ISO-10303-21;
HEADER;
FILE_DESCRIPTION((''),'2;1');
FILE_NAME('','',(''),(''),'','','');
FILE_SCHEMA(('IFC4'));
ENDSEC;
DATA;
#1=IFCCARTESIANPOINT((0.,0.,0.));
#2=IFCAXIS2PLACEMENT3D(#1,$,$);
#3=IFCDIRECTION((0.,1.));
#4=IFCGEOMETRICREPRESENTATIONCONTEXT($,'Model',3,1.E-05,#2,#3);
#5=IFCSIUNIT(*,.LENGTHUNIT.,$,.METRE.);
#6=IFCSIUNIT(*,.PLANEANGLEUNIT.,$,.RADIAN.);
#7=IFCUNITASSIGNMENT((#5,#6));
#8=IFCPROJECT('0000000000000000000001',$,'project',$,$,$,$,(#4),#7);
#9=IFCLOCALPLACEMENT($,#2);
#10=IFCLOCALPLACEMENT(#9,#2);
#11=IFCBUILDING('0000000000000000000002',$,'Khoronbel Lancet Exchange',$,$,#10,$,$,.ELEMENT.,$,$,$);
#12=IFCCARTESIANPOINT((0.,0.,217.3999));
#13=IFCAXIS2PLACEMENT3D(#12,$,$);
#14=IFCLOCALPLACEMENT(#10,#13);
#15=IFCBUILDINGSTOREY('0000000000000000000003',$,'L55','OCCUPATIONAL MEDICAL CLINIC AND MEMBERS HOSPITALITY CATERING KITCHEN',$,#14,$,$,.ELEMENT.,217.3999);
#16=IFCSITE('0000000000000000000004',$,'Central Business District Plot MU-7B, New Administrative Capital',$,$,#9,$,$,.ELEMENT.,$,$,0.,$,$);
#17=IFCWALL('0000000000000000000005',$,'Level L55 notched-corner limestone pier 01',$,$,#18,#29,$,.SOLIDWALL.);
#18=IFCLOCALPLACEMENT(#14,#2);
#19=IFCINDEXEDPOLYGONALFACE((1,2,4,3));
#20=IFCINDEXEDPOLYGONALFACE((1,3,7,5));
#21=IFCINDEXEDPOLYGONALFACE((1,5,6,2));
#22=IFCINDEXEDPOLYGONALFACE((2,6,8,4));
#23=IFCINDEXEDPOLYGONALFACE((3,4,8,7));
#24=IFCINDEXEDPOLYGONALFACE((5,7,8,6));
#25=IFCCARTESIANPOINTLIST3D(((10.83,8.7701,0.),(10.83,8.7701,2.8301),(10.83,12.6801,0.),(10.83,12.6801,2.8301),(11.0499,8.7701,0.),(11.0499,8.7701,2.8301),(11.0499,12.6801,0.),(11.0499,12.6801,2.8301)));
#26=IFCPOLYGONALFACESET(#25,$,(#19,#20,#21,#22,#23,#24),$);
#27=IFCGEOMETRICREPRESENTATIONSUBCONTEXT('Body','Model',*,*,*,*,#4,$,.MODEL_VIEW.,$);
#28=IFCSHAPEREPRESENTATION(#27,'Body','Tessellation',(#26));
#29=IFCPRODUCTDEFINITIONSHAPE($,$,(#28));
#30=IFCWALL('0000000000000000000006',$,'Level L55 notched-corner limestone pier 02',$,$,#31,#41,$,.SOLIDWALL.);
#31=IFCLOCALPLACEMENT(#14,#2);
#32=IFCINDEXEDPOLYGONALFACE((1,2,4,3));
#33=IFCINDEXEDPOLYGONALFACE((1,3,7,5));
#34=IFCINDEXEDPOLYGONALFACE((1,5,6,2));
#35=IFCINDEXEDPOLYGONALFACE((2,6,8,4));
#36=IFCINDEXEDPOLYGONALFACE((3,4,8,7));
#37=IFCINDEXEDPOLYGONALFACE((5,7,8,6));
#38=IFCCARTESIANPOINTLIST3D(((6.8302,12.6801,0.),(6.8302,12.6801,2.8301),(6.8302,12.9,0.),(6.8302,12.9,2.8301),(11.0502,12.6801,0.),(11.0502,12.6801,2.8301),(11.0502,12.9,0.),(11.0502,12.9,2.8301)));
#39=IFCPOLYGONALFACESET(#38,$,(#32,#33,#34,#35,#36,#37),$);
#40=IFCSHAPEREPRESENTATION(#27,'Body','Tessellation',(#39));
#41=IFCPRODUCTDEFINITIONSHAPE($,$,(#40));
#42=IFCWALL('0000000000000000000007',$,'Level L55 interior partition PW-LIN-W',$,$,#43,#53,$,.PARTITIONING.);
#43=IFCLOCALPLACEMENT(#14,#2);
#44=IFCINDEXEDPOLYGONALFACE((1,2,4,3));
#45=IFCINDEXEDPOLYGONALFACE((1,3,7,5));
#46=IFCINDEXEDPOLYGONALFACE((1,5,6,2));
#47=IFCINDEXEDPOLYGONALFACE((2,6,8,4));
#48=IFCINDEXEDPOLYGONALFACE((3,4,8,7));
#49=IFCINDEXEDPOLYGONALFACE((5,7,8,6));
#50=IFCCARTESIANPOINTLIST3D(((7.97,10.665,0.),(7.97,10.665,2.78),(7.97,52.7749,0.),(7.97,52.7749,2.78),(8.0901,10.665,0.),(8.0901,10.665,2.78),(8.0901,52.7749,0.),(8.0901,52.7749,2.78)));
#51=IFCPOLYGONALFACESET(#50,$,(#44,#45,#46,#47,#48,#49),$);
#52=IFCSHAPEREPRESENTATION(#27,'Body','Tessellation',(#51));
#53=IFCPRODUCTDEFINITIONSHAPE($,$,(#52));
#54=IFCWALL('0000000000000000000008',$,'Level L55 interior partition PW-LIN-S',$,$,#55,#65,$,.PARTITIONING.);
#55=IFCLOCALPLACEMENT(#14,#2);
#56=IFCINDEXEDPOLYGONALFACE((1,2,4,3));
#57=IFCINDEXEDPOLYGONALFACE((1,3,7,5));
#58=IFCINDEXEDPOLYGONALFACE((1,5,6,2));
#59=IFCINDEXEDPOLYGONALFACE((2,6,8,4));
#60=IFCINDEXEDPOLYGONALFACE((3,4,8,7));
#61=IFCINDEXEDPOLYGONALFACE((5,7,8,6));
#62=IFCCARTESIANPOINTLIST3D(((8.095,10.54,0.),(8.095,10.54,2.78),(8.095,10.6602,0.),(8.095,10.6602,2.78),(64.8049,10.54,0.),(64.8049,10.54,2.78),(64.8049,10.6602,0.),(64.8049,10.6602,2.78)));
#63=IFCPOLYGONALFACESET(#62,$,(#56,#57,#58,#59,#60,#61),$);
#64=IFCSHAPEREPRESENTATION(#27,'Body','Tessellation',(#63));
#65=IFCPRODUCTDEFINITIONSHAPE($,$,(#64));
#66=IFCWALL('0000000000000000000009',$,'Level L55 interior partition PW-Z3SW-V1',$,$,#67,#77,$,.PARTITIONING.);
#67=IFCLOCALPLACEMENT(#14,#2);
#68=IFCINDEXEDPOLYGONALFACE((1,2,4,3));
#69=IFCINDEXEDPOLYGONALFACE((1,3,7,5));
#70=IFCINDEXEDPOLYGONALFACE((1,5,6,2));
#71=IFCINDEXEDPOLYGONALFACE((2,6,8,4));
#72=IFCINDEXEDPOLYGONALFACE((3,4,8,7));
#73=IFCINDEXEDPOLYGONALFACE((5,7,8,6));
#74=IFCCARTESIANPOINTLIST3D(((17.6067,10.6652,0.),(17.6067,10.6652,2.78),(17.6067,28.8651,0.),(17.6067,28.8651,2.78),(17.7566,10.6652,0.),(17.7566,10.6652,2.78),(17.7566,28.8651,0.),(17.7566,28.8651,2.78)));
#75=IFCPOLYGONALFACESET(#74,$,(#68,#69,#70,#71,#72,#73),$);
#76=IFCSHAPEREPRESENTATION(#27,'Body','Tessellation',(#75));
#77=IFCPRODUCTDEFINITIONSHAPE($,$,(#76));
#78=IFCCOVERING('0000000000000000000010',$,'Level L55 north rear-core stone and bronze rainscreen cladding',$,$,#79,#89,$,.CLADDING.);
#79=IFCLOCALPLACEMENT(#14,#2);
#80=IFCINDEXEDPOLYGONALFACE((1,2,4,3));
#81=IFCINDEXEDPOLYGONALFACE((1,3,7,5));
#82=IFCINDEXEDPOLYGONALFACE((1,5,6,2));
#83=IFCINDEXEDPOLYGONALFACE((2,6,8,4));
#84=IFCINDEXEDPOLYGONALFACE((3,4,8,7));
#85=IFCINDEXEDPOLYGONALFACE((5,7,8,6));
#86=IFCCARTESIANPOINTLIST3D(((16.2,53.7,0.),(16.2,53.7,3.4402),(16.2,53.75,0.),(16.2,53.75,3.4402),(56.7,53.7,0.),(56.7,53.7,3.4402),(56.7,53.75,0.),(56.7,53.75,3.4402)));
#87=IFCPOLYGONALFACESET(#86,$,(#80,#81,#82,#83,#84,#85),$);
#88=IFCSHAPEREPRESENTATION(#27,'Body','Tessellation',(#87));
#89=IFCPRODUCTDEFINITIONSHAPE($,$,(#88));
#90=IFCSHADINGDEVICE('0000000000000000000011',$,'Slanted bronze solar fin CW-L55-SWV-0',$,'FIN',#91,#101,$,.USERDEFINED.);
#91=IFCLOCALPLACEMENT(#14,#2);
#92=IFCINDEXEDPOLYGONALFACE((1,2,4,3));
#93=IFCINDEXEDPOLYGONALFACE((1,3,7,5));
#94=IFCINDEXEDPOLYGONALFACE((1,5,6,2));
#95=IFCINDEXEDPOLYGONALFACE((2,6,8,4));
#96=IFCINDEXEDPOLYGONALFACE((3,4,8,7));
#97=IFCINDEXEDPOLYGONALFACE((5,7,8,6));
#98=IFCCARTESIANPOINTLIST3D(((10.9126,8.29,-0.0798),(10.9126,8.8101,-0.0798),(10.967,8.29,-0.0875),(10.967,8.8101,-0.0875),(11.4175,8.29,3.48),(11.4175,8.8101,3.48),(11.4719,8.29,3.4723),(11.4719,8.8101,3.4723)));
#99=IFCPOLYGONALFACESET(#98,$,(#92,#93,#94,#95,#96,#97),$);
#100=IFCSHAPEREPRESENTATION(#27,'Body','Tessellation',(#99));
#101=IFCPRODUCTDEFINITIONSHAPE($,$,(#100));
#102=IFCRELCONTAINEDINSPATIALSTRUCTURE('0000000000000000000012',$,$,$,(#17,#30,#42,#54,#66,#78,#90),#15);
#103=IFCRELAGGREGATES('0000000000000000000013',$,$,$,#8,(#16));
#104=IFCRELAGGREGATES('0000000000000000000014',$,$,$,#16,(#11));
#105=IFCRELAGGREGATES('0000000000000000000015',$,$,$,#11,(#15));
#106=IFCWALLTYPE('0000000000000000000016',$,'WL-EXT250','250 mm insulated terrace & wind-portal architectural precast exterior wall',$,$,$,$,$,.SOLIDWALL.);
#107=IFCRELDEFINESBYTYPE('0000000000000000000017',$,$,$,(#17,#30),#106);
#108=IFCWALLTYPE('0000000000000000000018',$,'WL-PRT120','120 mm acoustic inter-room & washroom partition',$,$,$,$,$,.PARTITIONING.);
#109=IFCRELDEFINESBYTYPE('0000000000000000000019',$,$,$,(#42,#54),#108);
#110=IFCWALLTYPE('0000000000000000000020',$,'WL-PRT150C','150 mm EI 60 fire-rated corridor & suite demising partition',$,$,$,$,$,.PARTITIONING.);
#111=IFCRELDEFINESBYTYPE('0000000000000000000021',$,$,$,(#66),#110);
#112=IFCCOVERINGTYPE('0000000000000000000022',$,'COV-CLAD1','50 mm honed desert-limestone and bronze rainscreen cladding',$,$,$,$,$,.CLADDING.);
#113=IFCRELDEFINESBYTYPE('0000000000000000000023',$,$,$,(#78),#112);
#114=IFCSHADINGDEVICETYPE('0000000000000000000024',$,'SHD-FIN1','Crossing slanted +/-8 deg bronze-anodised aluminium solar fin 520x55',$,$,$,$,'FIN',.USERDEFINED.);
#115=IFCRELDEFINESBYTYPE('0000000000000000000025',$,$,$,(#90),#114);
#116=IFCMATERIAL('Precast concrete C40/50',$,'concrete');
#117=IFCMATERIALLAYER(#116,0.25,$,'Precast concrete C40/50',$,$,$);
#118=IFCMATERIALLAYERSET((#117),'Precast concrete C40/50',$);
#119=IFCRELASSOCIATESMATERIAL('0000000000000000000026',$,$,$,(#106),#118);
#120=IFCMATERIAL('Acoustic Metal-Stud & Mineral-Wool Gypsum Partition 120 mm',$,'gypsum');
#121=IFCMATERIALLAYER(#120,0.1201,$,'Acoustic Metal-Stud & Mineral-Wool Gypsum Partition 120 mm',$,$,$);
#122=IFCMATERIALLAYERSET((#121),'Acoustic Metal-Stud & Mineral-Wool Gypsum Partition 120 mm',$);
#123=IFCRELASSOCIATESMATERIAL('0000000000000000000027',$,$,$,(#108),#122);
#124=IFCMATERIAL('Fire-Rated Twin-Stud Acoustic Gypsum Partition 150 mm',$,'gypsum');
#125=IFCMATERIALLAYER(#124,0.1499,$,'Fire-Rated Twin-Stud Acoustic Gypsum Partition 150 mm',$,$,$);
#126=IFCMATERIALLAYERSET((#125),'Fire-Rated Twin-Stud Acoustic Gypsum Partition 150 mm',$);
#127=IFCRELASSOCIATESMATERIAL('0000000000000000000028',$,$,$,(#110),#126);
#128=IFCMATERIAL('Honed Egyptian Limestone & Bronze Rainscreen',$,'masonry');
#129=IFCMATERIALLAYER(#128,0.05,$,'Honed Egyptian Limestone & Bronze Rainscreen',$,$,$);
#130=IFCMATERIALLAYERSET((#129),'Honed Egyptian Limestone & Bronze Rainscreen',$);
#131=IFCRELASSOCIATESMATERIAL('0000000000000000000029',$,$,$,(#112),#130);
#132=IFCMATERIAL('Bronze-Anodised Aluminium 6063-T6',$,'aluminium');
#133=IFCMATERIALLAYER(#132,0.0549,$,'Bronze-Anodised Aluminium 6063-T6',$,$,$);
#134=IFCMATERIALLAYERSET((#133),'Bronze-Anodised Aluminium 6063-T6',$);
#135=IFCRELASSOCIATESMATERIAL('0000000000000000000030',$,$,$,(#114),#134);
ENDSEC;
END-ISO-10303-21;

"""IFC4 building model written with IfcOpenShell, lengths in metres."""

from ifc_helpers import new_model, si_unit, direction, frame, frame_2d, origin, place, context, subcontext, project, spatial, polyline, rectangle, outline, extrude, material, layer, layer_set, type_object, element, save


model = new_model("IFC4")

# Units and contexts
model_context = context("Model", 3, precision=1e-05, world=origin(), true_north=direction((0.0, 1.0)))
body_context = subcontext(model_context, "Body", "Model", "MODEL_VIEW")
ifc_project = project(units=[si_unit("LENGTHUNIT", "METRE"), si_unit("PLANEANGLEUNIT", "RADIAN")], contexts=[model_context])

# Site, building, storey
site_placement = place(None, origin())
site = spatial("IfcSite", under=ifc_project, at=site_placement, Name="Central Business District Plot MU-7B, New Administrative Capital", CompositionType="ELEMENT", RefElevation=0.0)
building_placement = place(site_placement, origin())
building = spatial("IfcBuilding", under=site, at=building_placement, Name="Khoronbel Lancet Exchange", CompositionType="ELEMENT")
storey_placement = place(building_placement, frame((0.0, 0.0, 217.3999)))
storey = spatial("IfcBuildingStorey", under=building, at=storey_placement, Name="L55", Description="OCCUPATIONAL MEDICAL CLINIC AND MEMBERS HOSPITALITY CATERING KITCHEN", CompositionType="ELEMENT", Elevation=217.3999)

# Shared definitions
ifc_material_1 = material(Name="Bronze-Anodised Aluminium 6063-T6", Category="aluminium")

# Walls
ifc_material_2 = material(Name="Precast concrete C40/50", Category="concrete")
ifc_layer_1 = layer(ifc_material_2, 0.25, Name="Precast concrete C40/50")
ifc_layer_set_1 = layer_set([ifc_layer_1], Name="Precast concrete C40/50")
wall_type_1 = type_object("IfcWallType", Name="WL-EXT250", Description="250 mm insulated terrace & wind-portal architectural precast exterior wall", PredefinedType="SOLIDWALL", material=ifc_layer_set_1)
wall_1_placement = place(storey_placement, frame((10.9399, 8.77, 0.0), z_axis=(0.0, 0.0, 1.0), x_axis=(0.0, 1.0, 0.0)))
element("IfcWall", 1, at=wall_1_placement, inside=storey, type_object=wall_type_1, Name="Level L55 notched-corner limestone pier 01", PredefinedType="SOLIDWALL", context=body_context, shape_type="SweptSolid", body=[
    extrude(rectangle(XDim=3.9099, YDim=0.22, at=frame_2d((1.9551, 0.0))), origin(), (0.0, 0.0, 1.0), 2.8301),
])
wall_2_placement = place(storey_placement, frame((11.05, 12.79, 0.0), z_axis=(0.0, 0.0, 1.0), x_axis=(-1.0, 0.0, 0.0)))
element("IfcWall", 2, at=wall_2_placement, inside=storey, type_object=wall_type_1, Name="Level L55 notched-corner limestone pier 02", PredefinedType="SOLIDWALL", context=body_context, shape_type="SweptSolid", body=[
    extrude(rectangle(XDim=4.22, YDim=0.22, at=frame_2d((2.1099, 0.0))), origin(), (0.0, 0.0, 1.0), 2.8301),
])
ifc_material_3 = material(Name="Acoustic Metal-Stud & Mineral-Wool Gypsum Partition 120 mm", Category="gypsum")
ifc_layer_2 = layer(ifc_material_3, 0.1201, Name="Acoustic Metal-Stud & Mineral-Wool Gypsum Partition 120 mm")
ifc_layer_set_2 = layer_set([ifc_layer_2], Name="Acoustic Metal-Stud & Mineral-Wool Gypsum Partition 120 mm")
wall_type_2 = type_object("IfcWallType", Name="WL-PRT120", Description="120 mm acoustic inter-room & washroom partition", PredefinedType="PARTITIONING", material=ifc_layer_set_2)
wall_3_placement = place(storey_placement, frame((8.03, 10.665, 0.0), z_axis=(0.0, 0.0, 1.0), x_axis=(0.0, 1.0, 0.0)))
element("IfcWall", 3, at=wall_3_placement, inside=storey, type_object=wall_type_2, Name="Level L55 interior partition PW-LIN-W", PredefinedType="PARTITIONING", context=body_context, shape_type="SweptSolid", body=[
    extrude(rectangle(XDim=42.1099, YDim=0.1201, at=frame_2d((21.0549, 0.0))), origin(), (0.0, 0.0, 1.0), 2.78),
])
wall_4_placement = place(storey_placement, frame((8.095, 10.6001, 0.0), z_axis=(0.0, 0.0, 1.0), x_axis=(1.0, 0.0, 0.0)))
element("IfcWall", 4, at=wall_4_placement, inside=storey, type_object=wall_type_2, Name="Level L55 interior partition PW-LIN-S", PredefinedType="PARTITIONING", context=body_context, shape_type="SweptSolid", body=[
    extrude(rectangle(XDim=56.71, YDim=0.1201, at=frame_2d((28.355, 0.0))), origin(), (0.0, 0.0, 1.0), 2.78),
])
ifc_material_4 = material(Name="Fire-Rated Twin-Stud Acoustic Gypsum Partition 150 mm", Category="gypsum")
ifc_layer_3 = layer(ifc_material_4, 0.1499, Name="Fire-Rated Twin-Stud Acoustic Gypsum Partition 150 mm")
ifc_layer_set_3 = layer_set([ifc_layer_3], Name="Fire-Rated Twin-Stud Acoustic Gypsum Partition 150 mm")
wall_type_3 = type_object("IfcWallType", Name="WL-PRT150C", Description="150 mm EI 60 fire-rated corridor & suite demising partition", PredefinedType="PARTITIONING", material=ifc_layer_set_3)
wall_5_placement = place(storey_placement, frame((17.6816, 10.665, 0.0), z_axis=(0.0, 0.0, 1.0), x_axis=(0.0, 1.0, 0.0)))
element("IfcWall", 5, at=wall_5_placement, inside=storey, type_object=wall_type_3, Name="Level L55 interior partition PW-Z3SW-V1", PredefinedType="PARTITIONING", context=body_context, shape_type="SweptSolid", body=[
    extrude(rectangle(XDim=18.2, YDim=0.1499, at=frame_2d((9.1001, 0.0))), origin(), (0.0, 0.0, 1.0), 2.78),
])

# Covering
ifc_material_5 = material(Name="Honed Egyptian Limestone & Bronze Rainscreen", Category="masonry")
ifc_layer_4 = layer(ifc_material_5, 0.05, Name="Honed Egyptian Limestone & Bronze Rainscreen")
ifc_layer_set_4 = layer_set([ifc_layer_4], Name="Honed Egyptian Limestone & Bronze Rainscreen")
covering_type = type_object("IfcCoveringType", Name="COV-CLAD1", Description="50 mm honed desert-limestone and bronze rainscreen cladding", PredefinedType="CLADDING", material=ifc_layer_set_4)
covering_placement = place(storey_placement, origin())
element("IfcCovering", 6, at=covering_placement, inside=storey, type_object=covering_type, Name="Level L55 north rear-core stone and bronze rainscreen cladding", PredefinedType="CLADDING", context=body_context, shape_type="SweptSolid", body=[
    extrude(outline(polyline([(16.2, 53.7), (56.7, 53.7), (56.7, 53.75), (16.2, 53.75), (16.2, 53.7)])), origin(), (0.0, 0.0, 1.0), 3.4402),
])

# Shading device
ifc_layer_5 = layer(ifc_material_1, 0.0549, Name="Bronze-Anodised Aluminium 6063-T6")
ifc_layer_set_5 = layer_set([ifc_layer_5], Name="Bronze-Anodised Aluminium 6063-T6")
shading_device_type = type_object("IfcShadingDeviceType", Name="SHD-FIN1", Description="Crossing slanted +/-8 deg bronze-anodised aluminium solar fin 520x55", ElementType="FIN", PredefinedType="USERDEFINED", material=ifc_layer_set_5)
shading_device_placement = place(storey_placement, frame((10.9126, 8.8101, -0.0798), z_axis=(-0.990092, 0.0, 0.140423), x_axis=(0.0, -1.0, 0.0)))
element("IfcShadingDevice", 7, at=shading_device_placement, inside=storey, type_object=shading_device_type, Name="Slanted bronze solar fin CW-L55-SWV-0", ObjectType="FIN", PredefinedType="USERDEFINED", context=body_context, shape_type="SweptSolid", body=[
    extrude(outline(polyline([(0.0, 0.0), (0.52, 0.0), (0.52, 3.5955), (0.0, 3.5955), (0.0, 0.0)])), origin(), (0.0, 0.0, -1.0), 0.0549),
])

save(model, "model.ifc")
